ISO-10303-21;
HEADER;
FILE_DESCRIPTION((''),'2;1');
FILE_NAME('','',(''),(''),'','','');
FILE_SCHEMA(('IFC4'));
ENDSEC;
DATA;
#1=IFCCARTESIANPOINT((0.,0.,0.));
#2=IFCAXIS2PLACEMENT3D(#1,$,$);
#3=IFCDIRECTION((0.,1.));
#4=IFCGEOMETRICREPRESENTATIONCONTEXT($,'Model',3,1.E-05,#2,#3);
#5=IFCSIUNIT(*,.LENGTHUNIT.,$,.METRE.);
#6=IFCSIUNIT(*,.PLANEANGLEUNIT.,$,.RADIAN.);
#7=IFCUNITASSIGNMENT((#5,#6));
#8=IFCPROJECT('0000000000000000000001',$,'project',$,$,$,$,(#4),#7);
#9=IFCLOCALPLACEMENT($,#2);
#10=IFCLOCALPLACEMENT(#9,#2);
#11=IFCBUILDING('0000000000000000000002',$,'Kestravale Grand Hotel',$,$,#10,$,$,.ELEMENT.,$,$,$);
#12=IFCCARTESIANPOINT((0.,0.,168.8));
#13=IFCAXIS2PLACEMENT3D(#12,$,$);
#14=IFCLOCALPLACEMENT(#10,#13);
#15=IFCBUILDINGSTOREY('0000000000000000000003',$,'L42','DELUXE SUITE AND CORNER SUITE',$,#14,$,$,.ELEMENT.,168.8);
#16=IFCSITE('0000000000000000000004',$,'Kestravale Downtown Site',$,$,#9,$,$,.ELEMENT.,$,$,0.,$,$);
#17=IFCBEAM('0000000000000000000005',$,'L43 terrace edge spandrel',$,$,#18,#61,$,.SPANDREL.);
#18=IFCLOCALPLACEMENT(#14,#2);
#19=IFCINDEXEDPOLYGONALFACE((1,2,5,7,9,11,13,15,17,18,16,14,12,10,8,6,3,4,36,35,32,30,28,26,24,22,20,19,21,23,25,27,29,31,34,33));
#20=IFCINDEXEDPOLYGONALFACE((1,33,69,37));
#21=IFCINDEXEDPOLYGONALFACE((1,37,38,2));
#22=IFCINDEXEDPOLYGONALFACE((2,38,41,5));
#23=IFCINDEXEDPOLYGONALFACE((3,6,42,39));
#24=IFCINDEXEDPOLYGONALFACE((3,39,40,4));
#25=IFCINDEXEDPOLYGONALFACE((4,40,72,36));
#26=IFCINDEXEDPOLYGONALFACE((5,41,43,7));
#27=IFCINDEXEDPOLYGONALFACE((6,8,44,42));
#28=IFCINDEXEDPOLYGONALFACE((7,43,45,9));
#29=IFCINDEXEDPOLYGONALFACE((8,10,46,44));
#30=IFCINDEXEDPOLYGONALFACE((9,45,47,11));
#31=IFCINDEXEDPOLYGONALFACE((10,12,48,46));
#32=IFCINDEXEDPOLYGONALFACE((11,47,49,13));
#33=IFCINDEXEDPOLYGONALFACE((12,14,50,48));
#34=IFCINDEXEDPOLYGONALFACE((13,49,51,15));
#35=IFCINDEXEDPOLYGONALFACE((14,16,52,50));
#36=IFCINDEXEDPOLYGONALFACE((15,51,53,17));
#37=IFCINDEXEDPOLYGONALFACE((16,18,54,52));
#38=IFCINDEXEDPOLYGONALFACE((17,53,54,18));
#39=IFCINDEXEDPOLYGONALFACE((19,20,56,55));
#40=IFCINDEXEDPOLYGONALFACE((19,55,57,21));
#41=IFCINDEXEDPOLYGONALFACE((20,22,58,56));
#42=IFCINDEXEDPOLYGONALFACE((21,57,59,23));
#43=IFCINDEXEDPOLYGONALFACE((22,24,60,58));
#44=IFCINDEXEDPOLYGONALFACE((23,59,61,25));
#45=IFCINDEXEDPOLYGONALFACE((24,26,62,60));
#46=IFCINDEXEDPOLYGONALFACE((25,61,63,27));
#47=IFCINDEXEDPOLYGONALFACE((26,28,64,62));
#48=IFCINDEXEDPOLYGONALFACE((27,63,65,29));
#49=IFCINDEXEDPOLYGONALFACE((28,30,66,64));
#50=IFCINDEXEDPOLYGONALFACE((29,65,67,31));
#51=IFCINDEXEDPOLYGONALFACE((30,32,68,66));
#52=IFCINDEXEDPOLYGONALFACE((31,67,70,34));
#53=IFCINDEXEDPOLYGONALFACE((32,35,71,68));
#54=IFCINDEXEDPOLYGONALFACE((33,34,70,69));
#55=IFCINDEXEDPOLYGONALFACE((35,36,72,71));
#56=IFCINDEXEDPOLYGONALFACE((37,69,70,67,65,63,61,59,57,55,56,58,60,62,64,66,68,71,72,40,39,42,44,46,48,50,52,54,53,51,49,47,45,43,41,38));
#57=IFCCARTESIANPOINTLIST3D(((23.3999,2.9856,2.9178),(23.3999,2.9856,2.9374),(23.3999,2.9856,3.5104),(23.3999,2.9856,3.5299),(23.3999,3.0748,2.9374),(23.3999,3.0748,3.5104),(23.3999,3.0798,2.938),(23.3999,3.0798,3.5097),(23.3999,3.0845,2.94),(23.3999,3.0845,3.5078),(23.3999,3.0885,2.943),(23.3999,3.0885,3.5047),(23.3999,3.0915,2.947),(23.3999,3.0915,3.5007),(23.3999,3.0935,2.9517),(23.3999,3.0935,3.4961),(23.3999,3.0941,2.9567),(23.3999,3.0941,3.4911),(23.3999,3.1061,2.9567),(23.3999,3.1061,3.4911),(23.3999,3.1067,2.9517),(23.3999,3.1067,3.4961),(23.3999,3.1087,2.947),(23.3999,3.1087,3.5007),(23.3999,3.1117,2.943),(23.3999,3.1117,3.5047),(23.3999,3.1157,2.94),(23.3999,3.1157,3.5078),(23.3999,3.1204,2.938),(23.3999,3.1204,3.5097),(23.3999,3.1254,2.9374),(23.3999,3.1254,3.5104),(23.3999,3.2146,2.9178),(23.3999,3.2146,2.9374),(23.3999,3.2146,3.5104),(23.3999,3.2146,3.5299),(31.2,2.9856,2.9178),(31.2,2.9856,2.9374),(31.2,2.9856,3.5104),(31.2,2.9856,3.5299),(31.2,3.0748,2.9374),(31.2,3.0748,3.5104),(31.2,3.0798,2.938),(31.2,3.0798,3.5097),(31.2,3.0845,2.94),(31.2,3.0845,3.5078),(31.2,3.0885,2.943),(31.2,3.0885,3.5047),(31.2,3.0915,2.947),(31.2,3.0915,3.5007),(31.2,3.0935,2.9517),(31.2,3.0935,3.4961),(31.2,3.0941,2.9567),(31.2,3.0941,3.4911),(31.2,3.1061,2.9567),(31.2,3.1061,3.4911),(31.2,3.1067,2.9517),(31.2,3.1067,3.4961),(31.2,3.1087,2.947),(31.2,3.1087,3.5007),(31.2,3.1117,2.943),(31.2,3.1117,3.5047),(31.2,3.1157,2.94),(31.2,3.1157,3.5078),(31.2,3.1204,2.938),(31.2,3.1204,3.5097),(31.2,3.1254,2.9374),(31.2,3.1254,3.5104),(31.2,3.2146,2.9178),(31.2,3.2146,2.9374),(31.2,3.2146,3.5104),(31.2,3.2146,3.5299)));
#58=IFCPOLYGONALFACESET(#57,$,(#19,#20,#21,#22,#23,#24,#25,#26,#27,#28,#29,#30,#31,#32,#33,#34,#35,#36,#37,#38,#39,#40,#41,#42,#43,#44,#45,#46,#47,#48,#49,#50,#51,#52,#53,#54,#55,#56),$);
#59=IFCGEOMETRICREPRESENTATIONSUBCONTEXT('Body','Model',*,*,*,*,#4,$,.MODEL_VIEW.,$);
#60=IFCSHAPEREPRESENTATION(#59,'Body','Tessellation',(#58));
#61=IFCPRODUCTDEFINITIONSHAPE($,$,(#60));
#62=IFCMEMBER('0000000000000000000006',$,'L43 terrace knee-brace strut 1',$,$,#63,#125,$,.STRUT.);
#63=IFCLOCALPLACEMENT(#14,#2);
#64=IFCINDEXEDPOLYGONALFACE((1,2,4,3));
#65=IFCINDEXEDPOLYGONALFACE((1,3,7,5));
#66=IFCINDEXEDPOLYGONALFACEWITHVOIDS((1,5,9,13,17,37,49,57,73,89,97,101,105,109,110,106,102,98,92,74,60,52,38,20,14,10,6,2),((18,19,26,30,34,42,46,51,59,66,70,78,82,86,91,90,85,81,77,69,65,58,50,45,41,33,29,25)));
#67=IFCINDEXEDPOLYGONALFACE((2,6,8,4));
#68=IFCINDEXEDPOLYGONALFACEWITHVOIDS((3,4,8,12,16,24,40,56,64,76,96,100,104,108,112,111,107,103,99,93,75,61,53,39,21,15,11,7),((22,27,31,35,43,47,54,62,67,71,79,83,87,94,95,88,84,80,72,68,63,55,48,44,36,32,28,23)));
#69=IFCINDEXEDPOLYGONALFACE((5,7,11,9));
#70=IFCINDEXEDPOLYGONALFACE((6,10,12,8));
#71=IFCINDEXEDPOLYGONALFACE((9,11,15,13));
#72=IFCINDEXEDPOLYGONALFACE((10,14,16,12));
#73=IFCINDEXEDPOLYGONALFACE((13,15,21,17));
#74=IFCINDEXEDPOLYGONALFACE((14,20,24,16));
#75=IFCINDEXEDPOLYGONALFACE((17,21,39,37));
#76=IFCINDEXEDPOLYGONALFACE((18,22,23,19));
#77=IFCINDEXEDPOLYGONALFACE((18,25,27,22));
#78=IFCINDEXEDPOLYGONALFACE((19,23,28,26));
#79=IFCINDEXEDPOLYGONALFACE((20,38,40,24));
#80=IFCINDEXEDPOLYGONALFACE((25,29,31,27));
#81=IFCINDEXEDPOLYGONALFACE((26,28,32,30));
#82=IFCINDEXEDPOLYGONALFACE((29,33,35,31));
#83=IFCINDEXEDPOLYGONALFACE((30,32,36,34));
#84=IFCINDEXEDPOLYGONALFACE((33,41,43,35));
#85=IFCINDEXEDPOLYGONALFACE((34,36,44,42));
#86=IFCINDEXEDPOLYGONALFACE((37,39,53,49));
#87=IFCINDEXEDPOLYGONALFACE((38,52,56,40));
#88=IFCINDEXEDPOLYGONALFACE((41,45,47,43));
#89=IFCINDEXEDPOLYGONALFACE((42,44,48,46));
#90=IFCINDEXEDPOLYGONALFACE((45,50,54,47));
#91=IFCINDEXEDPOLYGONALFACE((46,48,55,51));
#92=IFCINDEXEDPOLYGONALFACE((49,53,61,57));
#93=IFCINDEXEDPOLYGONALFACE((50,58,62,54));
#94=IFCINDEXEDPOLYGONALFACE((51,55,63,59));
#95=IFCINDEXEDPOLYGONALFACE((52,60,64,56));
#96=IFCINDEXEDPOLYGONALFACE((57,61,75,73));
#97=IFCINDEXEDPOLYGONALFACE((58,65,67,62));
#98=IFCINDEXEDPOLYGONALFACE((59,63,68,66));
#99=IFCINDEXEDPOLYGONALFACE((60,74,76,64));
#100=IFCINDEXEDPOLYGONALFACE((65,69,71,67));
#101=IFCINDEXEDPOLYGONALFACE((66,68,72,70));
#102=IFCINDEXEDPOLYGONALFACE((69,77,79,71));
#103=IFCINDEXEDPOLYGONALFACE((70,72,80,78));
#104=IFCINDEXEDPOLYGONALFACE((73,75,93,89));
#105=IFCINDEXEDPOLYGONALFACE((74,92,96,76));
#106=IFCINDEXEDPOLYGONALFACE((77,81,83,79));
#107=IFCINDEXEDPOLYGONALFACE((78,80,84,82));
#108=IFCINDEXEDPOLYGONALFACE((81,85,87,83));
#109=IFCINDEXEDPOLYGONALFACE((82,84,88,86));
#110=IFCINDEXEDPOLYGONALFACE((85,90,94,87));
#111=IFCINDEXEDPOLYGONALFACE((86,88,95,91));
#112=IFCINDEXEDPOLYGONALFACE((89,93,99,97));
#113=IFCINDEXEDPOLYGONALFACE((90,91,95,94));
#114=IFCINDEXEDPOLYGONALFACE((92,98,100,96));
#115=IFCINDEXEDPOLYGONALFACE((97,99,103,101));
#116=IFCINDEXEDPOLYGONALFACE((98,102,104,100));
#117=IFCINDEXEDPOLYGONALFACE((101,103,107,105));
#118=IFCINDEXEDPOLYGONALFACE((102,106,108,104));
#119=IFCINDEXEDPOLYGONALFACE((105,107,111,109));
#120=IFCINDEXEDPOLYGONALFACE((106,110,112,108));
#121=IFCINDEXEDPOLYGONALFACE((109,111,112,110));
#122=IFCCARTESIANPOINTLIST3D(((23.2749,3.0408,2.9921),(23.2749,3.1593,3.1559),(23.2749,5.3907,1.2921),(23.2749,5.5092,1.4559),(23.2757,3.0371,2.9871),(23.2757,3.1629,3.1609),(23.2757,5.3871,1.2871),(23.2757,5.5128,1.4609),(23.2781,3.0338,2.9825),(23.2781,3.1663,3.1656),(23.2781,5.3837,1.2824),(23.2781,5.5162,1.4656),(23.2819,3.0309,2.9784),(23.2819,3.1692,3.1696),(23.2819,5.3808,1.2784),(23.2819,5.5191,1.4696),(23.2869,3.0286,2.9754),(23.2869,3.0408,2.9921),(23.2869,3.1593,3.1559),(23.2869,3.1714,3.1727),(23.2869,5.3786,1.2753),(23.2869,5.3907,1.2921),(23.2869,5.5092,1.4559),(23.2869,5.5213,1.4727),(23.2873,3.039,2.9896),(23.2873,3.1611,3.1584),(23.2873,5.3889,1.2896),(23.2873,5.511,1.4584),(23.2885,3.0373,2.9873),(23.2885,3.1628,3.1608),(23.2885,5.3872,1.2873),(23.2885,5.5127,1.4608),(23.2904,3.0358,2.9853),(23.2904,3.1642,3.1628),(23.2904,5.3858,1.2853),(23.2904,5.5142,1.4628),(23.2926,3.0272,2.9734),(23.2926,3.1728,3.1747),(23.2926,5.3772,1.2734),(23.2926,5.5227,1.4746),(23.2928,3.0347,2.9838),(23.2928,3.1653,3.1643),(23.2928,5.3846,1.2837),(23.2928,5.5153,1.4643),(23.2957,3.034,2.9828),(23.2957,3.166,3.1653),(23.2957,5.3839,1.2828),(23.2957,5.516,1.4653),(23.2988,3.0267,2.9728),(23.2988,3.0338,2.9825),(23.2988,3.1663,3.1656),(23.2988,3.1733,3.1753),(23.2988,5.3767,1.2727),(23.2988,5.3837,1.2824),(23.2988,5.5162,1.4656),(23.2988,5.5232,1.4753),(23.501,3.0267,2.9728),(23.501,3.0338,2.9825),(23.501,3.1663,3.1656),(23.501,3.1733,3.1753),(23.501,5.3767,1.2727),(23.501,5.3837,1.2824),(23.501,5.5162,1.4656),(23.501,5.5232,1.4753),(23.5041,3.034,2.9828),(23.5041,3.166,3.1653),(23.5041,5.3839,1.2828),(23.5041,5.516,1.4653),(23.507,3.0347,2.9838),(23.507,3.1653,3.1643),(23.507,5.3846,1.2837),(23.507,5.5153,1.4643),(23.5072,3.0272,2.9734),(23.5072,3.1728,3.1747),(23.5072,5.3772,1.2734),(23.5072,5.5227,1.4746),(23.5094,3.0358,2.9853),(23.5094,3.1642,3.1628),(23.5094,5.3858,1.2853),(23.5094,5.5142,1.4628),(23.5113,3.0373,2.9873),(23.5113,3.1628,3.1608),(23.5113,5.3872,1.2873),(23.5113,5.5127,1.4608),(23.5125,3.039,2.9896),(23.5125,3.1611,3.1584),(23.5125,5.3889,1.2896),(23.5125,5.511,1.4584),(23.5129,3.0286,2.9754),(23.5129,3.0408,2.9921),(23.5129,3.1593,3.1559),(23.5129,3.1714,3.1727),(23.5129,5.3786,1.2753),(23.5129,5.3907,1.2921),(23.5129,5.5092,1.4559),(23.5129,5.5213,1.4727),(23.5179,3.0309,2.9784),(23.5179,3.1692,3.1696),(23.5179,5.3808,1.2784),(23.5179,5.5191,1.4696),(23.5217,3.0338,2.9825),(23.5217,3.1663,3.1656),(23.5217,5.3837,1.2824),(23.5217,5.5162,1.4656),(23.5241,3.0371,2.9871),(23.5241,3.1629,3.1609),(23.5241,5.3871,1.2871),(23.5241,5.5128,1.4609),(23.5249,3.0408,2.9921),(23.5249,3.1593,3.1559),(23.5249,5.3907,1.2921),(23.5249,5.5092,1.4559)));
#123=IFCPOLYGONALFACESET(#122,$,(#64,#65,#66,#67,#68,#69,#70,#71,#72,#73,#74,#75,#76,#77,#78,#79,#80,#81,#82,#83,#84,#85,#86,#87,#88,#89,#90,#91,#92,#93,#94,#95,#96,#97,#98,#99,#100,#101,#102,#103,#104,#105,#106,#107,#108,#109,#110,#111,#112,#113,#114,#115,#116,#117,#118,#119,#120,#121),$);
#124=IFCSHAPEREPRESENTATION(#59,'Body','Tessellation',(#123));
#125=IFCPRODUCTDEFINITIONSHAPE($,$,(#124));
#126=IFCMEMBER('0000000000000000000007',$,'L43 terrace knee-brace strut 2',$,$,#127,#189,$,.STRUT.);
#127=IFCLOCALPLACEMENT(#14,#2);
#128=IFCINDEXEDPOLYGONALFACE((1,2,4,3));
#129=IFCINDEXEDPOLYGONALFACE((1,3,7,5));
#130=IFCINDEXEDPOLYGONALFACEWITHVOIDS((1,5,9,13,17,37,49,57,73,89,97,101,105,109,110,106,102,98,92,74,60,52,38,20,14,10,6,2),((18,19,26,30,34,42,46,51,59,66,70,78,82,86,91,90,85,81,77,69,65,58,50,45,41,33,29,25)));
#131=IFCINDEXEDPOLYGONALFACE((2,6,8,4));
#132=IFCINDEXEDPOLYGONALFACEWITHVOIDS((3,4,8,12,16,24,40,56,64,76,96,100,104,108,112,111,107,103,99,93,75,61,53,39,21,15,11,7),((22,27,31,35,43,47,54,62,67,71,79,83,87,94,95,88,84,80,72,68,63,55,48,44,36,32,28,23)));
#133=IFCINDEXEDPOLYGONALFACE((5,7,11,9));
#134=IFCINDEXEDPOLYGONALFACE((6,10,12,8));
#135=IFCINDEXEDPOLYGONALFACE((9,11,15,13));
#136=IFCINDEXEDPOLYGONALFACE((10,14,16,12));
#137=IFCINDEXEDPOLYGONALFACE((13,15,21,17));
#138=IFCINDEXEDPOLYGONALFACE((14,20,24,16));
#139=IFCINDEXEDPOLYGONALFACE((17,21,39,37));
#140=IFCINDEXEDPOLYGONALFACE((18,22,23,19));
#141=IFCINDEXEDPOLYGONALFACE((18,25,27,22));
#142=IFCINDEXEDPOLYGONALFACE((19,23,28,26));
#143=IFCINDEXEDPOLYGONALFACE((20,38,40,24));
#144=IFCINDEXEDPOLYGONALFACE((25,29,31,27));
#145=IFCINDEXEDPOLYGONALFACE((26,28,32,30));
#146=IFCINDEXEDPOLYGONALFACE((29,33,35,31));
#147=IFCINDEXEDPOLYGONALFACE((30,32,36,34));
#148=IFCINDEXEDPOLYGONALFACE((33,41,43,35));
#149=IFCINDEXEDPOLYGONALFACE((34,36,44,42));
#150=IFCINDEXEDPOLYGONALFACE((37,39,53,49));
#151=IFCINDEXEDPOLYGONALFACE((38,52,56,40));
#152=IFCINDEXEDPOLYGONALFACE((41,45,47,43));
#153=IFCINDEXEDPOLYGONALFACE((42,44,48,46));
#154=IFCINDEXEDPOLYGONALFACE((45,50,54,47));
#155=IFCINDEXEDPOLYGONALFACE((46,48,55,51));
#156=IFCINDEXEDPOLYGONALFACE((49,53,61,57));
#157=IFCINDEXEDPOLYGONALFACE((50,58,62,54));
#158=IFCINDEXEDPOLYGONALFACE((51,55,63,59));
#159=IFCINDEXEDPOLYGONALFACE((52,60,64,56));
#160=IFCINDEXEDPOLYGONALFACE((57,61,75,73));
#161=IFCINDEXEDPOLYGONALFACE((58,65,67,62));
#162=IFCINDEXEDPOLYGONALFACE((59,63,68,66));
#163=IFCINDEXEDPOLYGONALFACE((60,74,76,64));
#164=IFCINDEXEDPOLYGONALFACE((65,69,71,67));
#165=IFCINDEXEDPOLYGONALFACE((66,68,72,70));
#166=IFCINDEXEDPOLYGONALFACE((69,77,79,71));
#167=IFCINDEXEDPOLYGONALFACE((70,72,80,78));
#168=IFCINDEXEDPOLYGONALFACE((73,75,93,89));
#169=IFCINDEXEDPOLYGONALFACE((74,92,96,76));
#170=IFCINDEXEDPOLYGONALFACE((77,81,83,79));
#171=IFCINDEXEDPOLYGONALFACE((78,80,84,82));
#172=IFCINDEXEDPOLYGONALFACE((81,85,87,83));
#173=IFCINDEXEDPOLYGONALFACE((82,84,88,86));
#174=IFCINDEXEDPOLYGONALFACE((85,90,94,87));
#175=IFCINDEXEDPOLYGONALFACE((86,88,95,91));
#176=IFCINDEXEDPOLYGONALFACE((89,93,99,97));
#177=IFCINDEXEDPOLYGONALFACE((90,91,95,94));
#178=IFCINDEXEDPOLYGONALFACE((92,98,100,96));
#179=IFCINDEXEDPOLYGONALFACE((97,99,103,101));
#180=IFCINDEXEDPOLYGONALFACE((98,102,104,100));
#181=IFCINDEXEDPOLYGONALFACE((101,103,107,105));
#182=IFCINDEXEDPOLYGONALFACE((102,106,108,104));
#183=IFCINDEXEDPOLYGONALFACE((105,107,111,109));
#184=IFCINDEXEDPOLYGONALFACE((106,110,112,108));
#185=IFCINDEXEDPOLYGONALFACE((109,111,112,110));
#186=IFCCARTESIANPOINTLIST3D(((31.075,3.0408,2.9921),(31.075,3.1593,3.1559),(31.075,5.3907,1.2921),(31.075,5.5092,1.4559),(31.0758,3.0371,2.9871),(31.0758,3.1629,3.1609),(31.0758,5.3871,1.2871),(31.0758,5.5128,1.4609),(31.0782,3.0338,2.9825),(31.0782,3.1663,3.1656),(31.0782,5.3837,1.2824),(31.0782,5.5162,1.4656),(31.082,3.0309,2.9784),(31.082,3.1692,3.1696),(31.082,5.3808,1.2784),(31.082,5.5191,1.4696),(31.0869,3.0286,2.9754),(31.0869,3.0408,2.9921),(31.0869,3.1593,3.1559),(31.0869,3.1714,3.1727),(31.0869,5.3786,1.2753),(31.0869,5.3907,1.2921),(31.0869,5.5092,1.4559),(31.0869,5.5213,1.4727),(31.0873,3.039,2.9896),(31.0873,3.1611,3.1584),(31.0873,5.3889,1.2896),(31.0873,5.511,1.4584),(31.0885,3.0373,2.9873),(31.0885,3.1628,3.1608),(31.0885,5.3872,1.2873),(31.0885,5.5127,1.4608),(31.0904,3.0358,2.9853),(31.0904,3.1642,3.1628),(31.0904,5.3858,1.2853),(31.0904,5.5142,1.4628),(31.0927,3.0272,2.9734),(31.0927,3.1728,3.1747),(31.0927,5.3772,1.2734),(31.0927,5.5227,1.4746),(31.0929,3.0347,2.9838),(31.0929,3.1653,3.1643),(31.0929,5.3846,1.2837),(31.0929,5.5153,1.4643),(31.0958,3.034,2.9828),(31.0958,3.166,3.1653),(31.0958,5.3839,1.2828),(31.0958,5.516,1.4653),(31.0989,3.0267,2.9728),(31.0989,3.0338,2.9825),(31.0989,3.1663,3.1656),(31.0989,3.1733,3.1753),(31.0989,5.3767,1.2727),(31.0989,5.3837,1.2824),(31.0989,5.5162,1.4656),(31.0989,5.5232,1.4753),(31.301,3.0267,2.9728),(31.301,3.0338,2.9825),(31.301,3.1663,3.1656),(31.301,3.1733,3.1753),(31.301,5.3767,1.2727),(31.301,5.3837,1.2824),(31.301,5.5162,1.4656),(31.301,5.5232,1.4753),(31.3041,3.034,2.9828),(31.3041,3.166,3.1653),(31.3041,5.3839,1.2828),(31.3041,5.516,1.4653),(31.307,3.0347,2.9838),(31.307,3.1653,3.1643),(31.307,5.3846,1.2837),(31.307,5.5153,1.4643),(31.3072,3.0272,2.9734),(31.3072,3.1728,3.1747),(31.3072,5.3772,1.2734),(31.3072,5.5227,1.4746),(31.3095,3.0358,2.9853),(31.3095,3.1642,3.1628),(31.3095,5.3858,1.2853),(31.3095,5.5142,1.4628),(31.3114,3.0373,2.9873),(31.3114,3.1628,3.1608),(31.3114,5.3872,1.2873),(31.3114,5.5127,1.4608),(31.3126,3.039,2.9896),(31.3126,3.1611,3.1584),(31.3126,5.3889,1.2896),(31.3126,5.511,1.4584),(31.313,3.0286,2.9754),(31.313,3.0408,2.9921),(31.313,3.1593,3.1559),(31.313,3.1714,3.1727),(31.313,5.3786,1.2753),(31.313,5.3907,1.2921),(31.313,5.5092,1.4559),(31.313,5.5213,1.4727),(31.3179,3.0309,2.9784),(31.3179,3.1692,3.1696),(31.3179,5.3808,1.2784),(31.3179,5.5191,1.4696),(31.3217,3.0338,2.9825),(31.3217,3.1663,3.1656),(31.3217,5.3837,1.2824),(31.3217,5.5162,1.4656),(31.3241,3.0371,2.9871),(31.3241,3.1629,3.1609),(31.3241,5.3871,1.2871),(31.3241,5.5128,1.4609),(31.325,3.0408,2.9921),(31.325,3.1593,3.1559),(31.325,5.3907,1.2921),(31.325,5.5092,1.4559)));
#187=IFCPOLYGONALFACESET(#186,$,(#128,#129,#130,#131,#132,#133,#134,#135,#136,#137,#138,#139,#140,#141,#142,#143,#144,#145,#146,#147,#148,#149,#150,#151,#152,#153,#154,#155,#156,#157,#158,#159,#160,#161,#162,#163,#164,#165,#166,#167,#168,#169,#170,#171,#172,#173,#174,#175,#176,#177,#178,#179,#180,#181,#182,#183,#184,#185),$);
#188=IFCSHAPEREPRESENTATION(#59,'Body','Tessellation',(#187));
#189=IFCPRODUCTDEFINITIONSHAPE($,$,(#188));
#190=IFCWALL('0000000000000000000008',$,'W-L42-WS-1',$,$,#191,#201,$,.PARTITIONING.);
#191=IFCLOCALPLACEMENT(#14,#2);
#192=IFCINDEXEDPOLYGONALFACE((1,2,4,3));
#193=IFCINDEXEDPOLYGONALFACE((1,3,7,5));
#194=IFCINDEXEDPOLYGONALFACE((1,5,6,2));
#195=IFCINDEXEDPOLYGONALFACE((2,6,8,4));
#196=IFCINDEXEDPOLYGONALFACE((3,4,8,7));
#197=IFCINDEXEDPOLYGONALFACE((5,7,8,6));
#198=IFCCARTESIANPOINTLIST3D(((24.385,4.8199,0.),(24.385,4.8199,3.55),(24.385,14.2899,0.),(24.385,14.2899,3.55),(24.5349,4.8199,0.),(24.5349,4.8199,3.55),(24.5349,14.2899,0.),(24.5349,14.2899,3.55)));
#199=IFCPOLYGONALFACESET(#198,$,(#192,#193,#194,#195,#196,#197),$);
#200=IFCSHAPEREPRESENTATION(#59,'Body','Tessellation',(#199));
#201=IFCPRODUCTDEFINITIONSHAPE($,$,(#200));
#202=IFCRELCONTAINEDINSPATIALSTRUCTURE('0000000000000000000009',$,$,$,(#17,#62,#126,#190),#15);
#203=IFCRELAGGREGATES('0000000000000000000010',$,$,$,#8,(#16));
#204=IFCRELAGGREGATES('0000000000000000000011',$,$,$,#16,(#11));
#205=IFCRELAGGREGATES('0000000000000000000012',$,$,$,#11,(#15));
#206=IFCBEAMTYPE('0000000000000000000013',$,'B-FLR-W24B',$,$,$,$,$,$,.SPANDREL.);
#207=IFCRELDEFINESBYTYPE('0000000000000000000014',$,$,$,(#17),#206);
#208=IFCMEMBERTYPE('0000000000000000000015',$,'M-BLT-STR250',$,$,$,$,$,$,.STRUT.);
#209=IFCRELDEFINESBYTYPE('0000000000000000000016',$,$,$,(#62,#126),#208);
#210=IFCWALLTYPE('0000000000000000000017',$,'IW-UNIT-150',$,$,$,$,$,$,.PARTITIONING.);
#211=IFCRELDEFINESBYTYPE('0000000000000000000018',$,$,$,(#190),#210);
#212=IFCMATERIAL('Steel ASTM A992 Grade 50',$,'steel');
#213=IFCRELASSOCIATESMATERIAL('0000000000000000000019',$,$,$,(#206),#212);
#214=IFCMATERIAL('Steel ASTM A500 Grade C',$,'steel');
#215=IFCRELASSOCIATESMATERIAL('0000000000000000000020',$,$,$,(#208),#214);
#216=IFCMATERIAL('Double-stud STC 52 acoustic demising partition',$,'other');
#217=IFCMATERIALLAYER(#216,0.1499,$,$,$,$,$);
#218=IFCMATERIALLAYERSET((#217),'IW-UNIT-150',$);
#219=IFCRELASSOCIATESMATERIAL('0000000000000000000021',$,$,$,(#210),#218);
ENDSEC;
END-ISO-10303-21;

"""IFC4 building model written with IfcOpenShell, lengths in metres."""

from ifc_helpers import new_model, si_unit, direction, frame, frame_2d, origin, origin_2d, place, context, subcontext, project, spatial, rectangle, hollow_rectangle, i_section, extrude, material, layer, layer_set, material_profile, profile_set, type_object, element, save


model = new_model("IFC4")

# Units and contexts
model_context = context("Model", 3, precision=1e-05, world=origin(), true_north=direction((0.0, 1.0)))
body_context = subcontext(model_context, "Body", "Model", "MODEL_VIEW")
ifc_project = project(units=[si_unit("LENGTHUNIT", "METRE"), si_unit("PLANEANGLEUNIT", "RADIAN")], contexts=[model_context])

# Site, building, storey
site_placement = place(None, origin())
site = spatial("IfcSite", under=ifc_project, at=site_placement, Name="Kestravale Downtown Site", CompositionType="ELEMENT", RefElevation=0.0)
building_placement = place(site_placement, origin())
building = spatial("IfcBuilding", under=site, at=building_placement, Name="Kestravale Grand Hotel", CompositionType="ELEMENT")
storey_placement = place(building_placement, frame((0.0, 0.0, 168.8)))
storey = spatial("IfcBuildingStorey", under=building, at=storey_placement, Name="L42", Description="DELUXE SUITE AND CORNER SUITE", CompositionType="ELEMENT", Elevation=168.8)

# Beam
ifc_material_1 = material(Name="Steel ASTM A992 Grade 50", Category="steel")
ifc_material_profile_1 = material_profile(ifc_material_1, i_section(OverallWidth=0.229, OverallDepth=0.6121, WebThickness=0.012, FlangeThickness=0.0195, FilletRadius=0.0193, at=origin_2d()))
ifc_profile_set_1 = profile_set([ifc_material_profile_1], Name="Steel ASTM A992 Grade 50")
beam_type_1 = type_object("IfcBeamType", Name="B-FLR-W24B", PredefinedType="SPANDREL", material=ifc_profile_set_1)
beam_1_placement = place(storey_placement, frame((23.3999, 3.1001, 3.2239), z_axis=(1.0, 0.0, 0.0), x_axis=(0.0, 1.0, 0.0)))
element("IfcBeam", 1, at=beam_1_placement, inside=storey, type_object=beam_type_1, Name="L43 terrace edge spandrel", PredefinedType="SPANDREL", context=body_context, shape_type="SweptSolid", body=[
    extrude(i_section(OverallWidth=0.229, OverallDepth=0.6121, WebThickness=0.012, FlangeThickness=0.0195, FilletRadius=0.0193, at=origin_2d()), origin(), (0.0, 0.0, 1.0), 7.8),
])

# Members
ifc_material_2 = material(Name="Steel ASTM A500 Grade C", Category="steel")
ifc_material_profile_2 = material_profile(ifc_material_2, hollow_rectangle(XDim=0.25, YDim=0.25, WallThickness=0.012, InnerFilletRadius=0.012, OuterFilletRadius=0.0239, at=origin_2d()))
ifc_profile_set_2 = profile_set([ifc_material_profile_2], Name="Steel ASTM A500 Grade C")
member_type = type_object("IfcMemberType", Name="M-BLT-STR250", PredefinedType="STRUT", material=ifc_profile_set_2)
for number, where, z_axis, x_axis, name in (
    (2, (23.3999, 5.45, 1.374), (0.0, -0.810215, 0.586133), (1.0, 0.0, 0.0), "L43 terrace knee-brace strut 1"),
    (3, (31.2, 5.45, 1.374), (0.0, -0.810215, 0.586133), (1.0, 0.0, 0.0), "L43 terrace knee-brace strut 2"),
):
    element("IfcMember", number, at=place(storey_placement, frame(where, z_axis=z_axis, x_axis=x_axis)), inside=storey, type_object=member_type, Name=name, PredefinedType="STRUT", context=body_context, shape_type="SweptSolid", body=[
        extrude(hollow_rectangle(XDim=0.25, YDim=0.25, WallThickness=0.012, InnerFilletRadius=0.012, OuterFilletRadius=0.0239, at=origin_2d()), origin(), (0.0, 0.0, 1.0), 2.9004),
    ])

# Wall
ifc_material_3 = material(Name="Double-stud STC 52 acoustic demising partition", Category="other")
ifc_layer = layer(ifc_material_3, 0.1499)
ifc_layer_set = layer_set([ifc_layer], Name="IW-UNIT-150")
wall_type = type_object("IfcWallType", Name="IW-UNIT-150", PredefinedType="PARTITIONING", material=ifc_layer_set)
wall_1_placement = place(storey_placement, frame((24.46, 4.8201, 0.0), z_axis=(0.0, 0.0, 1.0), x_axis=(0.0, 1.0, 0.0)))
element("IfcWall", 4, at=wall_1_placement, inside=storey, type_object=wall_type, Name="W-L42-WS-1", PredefinedType="PARTITIONING", context=body_context, shape_type="SweptSolid", body=[
    extrude(rectangle(XDim=9.47, YDim=0.1499, at=frame_2d((4.7349, 0.0))), origin(), (0.0, 0.0, 1.0), 3.55),
])

save(model, "model.ifc")
